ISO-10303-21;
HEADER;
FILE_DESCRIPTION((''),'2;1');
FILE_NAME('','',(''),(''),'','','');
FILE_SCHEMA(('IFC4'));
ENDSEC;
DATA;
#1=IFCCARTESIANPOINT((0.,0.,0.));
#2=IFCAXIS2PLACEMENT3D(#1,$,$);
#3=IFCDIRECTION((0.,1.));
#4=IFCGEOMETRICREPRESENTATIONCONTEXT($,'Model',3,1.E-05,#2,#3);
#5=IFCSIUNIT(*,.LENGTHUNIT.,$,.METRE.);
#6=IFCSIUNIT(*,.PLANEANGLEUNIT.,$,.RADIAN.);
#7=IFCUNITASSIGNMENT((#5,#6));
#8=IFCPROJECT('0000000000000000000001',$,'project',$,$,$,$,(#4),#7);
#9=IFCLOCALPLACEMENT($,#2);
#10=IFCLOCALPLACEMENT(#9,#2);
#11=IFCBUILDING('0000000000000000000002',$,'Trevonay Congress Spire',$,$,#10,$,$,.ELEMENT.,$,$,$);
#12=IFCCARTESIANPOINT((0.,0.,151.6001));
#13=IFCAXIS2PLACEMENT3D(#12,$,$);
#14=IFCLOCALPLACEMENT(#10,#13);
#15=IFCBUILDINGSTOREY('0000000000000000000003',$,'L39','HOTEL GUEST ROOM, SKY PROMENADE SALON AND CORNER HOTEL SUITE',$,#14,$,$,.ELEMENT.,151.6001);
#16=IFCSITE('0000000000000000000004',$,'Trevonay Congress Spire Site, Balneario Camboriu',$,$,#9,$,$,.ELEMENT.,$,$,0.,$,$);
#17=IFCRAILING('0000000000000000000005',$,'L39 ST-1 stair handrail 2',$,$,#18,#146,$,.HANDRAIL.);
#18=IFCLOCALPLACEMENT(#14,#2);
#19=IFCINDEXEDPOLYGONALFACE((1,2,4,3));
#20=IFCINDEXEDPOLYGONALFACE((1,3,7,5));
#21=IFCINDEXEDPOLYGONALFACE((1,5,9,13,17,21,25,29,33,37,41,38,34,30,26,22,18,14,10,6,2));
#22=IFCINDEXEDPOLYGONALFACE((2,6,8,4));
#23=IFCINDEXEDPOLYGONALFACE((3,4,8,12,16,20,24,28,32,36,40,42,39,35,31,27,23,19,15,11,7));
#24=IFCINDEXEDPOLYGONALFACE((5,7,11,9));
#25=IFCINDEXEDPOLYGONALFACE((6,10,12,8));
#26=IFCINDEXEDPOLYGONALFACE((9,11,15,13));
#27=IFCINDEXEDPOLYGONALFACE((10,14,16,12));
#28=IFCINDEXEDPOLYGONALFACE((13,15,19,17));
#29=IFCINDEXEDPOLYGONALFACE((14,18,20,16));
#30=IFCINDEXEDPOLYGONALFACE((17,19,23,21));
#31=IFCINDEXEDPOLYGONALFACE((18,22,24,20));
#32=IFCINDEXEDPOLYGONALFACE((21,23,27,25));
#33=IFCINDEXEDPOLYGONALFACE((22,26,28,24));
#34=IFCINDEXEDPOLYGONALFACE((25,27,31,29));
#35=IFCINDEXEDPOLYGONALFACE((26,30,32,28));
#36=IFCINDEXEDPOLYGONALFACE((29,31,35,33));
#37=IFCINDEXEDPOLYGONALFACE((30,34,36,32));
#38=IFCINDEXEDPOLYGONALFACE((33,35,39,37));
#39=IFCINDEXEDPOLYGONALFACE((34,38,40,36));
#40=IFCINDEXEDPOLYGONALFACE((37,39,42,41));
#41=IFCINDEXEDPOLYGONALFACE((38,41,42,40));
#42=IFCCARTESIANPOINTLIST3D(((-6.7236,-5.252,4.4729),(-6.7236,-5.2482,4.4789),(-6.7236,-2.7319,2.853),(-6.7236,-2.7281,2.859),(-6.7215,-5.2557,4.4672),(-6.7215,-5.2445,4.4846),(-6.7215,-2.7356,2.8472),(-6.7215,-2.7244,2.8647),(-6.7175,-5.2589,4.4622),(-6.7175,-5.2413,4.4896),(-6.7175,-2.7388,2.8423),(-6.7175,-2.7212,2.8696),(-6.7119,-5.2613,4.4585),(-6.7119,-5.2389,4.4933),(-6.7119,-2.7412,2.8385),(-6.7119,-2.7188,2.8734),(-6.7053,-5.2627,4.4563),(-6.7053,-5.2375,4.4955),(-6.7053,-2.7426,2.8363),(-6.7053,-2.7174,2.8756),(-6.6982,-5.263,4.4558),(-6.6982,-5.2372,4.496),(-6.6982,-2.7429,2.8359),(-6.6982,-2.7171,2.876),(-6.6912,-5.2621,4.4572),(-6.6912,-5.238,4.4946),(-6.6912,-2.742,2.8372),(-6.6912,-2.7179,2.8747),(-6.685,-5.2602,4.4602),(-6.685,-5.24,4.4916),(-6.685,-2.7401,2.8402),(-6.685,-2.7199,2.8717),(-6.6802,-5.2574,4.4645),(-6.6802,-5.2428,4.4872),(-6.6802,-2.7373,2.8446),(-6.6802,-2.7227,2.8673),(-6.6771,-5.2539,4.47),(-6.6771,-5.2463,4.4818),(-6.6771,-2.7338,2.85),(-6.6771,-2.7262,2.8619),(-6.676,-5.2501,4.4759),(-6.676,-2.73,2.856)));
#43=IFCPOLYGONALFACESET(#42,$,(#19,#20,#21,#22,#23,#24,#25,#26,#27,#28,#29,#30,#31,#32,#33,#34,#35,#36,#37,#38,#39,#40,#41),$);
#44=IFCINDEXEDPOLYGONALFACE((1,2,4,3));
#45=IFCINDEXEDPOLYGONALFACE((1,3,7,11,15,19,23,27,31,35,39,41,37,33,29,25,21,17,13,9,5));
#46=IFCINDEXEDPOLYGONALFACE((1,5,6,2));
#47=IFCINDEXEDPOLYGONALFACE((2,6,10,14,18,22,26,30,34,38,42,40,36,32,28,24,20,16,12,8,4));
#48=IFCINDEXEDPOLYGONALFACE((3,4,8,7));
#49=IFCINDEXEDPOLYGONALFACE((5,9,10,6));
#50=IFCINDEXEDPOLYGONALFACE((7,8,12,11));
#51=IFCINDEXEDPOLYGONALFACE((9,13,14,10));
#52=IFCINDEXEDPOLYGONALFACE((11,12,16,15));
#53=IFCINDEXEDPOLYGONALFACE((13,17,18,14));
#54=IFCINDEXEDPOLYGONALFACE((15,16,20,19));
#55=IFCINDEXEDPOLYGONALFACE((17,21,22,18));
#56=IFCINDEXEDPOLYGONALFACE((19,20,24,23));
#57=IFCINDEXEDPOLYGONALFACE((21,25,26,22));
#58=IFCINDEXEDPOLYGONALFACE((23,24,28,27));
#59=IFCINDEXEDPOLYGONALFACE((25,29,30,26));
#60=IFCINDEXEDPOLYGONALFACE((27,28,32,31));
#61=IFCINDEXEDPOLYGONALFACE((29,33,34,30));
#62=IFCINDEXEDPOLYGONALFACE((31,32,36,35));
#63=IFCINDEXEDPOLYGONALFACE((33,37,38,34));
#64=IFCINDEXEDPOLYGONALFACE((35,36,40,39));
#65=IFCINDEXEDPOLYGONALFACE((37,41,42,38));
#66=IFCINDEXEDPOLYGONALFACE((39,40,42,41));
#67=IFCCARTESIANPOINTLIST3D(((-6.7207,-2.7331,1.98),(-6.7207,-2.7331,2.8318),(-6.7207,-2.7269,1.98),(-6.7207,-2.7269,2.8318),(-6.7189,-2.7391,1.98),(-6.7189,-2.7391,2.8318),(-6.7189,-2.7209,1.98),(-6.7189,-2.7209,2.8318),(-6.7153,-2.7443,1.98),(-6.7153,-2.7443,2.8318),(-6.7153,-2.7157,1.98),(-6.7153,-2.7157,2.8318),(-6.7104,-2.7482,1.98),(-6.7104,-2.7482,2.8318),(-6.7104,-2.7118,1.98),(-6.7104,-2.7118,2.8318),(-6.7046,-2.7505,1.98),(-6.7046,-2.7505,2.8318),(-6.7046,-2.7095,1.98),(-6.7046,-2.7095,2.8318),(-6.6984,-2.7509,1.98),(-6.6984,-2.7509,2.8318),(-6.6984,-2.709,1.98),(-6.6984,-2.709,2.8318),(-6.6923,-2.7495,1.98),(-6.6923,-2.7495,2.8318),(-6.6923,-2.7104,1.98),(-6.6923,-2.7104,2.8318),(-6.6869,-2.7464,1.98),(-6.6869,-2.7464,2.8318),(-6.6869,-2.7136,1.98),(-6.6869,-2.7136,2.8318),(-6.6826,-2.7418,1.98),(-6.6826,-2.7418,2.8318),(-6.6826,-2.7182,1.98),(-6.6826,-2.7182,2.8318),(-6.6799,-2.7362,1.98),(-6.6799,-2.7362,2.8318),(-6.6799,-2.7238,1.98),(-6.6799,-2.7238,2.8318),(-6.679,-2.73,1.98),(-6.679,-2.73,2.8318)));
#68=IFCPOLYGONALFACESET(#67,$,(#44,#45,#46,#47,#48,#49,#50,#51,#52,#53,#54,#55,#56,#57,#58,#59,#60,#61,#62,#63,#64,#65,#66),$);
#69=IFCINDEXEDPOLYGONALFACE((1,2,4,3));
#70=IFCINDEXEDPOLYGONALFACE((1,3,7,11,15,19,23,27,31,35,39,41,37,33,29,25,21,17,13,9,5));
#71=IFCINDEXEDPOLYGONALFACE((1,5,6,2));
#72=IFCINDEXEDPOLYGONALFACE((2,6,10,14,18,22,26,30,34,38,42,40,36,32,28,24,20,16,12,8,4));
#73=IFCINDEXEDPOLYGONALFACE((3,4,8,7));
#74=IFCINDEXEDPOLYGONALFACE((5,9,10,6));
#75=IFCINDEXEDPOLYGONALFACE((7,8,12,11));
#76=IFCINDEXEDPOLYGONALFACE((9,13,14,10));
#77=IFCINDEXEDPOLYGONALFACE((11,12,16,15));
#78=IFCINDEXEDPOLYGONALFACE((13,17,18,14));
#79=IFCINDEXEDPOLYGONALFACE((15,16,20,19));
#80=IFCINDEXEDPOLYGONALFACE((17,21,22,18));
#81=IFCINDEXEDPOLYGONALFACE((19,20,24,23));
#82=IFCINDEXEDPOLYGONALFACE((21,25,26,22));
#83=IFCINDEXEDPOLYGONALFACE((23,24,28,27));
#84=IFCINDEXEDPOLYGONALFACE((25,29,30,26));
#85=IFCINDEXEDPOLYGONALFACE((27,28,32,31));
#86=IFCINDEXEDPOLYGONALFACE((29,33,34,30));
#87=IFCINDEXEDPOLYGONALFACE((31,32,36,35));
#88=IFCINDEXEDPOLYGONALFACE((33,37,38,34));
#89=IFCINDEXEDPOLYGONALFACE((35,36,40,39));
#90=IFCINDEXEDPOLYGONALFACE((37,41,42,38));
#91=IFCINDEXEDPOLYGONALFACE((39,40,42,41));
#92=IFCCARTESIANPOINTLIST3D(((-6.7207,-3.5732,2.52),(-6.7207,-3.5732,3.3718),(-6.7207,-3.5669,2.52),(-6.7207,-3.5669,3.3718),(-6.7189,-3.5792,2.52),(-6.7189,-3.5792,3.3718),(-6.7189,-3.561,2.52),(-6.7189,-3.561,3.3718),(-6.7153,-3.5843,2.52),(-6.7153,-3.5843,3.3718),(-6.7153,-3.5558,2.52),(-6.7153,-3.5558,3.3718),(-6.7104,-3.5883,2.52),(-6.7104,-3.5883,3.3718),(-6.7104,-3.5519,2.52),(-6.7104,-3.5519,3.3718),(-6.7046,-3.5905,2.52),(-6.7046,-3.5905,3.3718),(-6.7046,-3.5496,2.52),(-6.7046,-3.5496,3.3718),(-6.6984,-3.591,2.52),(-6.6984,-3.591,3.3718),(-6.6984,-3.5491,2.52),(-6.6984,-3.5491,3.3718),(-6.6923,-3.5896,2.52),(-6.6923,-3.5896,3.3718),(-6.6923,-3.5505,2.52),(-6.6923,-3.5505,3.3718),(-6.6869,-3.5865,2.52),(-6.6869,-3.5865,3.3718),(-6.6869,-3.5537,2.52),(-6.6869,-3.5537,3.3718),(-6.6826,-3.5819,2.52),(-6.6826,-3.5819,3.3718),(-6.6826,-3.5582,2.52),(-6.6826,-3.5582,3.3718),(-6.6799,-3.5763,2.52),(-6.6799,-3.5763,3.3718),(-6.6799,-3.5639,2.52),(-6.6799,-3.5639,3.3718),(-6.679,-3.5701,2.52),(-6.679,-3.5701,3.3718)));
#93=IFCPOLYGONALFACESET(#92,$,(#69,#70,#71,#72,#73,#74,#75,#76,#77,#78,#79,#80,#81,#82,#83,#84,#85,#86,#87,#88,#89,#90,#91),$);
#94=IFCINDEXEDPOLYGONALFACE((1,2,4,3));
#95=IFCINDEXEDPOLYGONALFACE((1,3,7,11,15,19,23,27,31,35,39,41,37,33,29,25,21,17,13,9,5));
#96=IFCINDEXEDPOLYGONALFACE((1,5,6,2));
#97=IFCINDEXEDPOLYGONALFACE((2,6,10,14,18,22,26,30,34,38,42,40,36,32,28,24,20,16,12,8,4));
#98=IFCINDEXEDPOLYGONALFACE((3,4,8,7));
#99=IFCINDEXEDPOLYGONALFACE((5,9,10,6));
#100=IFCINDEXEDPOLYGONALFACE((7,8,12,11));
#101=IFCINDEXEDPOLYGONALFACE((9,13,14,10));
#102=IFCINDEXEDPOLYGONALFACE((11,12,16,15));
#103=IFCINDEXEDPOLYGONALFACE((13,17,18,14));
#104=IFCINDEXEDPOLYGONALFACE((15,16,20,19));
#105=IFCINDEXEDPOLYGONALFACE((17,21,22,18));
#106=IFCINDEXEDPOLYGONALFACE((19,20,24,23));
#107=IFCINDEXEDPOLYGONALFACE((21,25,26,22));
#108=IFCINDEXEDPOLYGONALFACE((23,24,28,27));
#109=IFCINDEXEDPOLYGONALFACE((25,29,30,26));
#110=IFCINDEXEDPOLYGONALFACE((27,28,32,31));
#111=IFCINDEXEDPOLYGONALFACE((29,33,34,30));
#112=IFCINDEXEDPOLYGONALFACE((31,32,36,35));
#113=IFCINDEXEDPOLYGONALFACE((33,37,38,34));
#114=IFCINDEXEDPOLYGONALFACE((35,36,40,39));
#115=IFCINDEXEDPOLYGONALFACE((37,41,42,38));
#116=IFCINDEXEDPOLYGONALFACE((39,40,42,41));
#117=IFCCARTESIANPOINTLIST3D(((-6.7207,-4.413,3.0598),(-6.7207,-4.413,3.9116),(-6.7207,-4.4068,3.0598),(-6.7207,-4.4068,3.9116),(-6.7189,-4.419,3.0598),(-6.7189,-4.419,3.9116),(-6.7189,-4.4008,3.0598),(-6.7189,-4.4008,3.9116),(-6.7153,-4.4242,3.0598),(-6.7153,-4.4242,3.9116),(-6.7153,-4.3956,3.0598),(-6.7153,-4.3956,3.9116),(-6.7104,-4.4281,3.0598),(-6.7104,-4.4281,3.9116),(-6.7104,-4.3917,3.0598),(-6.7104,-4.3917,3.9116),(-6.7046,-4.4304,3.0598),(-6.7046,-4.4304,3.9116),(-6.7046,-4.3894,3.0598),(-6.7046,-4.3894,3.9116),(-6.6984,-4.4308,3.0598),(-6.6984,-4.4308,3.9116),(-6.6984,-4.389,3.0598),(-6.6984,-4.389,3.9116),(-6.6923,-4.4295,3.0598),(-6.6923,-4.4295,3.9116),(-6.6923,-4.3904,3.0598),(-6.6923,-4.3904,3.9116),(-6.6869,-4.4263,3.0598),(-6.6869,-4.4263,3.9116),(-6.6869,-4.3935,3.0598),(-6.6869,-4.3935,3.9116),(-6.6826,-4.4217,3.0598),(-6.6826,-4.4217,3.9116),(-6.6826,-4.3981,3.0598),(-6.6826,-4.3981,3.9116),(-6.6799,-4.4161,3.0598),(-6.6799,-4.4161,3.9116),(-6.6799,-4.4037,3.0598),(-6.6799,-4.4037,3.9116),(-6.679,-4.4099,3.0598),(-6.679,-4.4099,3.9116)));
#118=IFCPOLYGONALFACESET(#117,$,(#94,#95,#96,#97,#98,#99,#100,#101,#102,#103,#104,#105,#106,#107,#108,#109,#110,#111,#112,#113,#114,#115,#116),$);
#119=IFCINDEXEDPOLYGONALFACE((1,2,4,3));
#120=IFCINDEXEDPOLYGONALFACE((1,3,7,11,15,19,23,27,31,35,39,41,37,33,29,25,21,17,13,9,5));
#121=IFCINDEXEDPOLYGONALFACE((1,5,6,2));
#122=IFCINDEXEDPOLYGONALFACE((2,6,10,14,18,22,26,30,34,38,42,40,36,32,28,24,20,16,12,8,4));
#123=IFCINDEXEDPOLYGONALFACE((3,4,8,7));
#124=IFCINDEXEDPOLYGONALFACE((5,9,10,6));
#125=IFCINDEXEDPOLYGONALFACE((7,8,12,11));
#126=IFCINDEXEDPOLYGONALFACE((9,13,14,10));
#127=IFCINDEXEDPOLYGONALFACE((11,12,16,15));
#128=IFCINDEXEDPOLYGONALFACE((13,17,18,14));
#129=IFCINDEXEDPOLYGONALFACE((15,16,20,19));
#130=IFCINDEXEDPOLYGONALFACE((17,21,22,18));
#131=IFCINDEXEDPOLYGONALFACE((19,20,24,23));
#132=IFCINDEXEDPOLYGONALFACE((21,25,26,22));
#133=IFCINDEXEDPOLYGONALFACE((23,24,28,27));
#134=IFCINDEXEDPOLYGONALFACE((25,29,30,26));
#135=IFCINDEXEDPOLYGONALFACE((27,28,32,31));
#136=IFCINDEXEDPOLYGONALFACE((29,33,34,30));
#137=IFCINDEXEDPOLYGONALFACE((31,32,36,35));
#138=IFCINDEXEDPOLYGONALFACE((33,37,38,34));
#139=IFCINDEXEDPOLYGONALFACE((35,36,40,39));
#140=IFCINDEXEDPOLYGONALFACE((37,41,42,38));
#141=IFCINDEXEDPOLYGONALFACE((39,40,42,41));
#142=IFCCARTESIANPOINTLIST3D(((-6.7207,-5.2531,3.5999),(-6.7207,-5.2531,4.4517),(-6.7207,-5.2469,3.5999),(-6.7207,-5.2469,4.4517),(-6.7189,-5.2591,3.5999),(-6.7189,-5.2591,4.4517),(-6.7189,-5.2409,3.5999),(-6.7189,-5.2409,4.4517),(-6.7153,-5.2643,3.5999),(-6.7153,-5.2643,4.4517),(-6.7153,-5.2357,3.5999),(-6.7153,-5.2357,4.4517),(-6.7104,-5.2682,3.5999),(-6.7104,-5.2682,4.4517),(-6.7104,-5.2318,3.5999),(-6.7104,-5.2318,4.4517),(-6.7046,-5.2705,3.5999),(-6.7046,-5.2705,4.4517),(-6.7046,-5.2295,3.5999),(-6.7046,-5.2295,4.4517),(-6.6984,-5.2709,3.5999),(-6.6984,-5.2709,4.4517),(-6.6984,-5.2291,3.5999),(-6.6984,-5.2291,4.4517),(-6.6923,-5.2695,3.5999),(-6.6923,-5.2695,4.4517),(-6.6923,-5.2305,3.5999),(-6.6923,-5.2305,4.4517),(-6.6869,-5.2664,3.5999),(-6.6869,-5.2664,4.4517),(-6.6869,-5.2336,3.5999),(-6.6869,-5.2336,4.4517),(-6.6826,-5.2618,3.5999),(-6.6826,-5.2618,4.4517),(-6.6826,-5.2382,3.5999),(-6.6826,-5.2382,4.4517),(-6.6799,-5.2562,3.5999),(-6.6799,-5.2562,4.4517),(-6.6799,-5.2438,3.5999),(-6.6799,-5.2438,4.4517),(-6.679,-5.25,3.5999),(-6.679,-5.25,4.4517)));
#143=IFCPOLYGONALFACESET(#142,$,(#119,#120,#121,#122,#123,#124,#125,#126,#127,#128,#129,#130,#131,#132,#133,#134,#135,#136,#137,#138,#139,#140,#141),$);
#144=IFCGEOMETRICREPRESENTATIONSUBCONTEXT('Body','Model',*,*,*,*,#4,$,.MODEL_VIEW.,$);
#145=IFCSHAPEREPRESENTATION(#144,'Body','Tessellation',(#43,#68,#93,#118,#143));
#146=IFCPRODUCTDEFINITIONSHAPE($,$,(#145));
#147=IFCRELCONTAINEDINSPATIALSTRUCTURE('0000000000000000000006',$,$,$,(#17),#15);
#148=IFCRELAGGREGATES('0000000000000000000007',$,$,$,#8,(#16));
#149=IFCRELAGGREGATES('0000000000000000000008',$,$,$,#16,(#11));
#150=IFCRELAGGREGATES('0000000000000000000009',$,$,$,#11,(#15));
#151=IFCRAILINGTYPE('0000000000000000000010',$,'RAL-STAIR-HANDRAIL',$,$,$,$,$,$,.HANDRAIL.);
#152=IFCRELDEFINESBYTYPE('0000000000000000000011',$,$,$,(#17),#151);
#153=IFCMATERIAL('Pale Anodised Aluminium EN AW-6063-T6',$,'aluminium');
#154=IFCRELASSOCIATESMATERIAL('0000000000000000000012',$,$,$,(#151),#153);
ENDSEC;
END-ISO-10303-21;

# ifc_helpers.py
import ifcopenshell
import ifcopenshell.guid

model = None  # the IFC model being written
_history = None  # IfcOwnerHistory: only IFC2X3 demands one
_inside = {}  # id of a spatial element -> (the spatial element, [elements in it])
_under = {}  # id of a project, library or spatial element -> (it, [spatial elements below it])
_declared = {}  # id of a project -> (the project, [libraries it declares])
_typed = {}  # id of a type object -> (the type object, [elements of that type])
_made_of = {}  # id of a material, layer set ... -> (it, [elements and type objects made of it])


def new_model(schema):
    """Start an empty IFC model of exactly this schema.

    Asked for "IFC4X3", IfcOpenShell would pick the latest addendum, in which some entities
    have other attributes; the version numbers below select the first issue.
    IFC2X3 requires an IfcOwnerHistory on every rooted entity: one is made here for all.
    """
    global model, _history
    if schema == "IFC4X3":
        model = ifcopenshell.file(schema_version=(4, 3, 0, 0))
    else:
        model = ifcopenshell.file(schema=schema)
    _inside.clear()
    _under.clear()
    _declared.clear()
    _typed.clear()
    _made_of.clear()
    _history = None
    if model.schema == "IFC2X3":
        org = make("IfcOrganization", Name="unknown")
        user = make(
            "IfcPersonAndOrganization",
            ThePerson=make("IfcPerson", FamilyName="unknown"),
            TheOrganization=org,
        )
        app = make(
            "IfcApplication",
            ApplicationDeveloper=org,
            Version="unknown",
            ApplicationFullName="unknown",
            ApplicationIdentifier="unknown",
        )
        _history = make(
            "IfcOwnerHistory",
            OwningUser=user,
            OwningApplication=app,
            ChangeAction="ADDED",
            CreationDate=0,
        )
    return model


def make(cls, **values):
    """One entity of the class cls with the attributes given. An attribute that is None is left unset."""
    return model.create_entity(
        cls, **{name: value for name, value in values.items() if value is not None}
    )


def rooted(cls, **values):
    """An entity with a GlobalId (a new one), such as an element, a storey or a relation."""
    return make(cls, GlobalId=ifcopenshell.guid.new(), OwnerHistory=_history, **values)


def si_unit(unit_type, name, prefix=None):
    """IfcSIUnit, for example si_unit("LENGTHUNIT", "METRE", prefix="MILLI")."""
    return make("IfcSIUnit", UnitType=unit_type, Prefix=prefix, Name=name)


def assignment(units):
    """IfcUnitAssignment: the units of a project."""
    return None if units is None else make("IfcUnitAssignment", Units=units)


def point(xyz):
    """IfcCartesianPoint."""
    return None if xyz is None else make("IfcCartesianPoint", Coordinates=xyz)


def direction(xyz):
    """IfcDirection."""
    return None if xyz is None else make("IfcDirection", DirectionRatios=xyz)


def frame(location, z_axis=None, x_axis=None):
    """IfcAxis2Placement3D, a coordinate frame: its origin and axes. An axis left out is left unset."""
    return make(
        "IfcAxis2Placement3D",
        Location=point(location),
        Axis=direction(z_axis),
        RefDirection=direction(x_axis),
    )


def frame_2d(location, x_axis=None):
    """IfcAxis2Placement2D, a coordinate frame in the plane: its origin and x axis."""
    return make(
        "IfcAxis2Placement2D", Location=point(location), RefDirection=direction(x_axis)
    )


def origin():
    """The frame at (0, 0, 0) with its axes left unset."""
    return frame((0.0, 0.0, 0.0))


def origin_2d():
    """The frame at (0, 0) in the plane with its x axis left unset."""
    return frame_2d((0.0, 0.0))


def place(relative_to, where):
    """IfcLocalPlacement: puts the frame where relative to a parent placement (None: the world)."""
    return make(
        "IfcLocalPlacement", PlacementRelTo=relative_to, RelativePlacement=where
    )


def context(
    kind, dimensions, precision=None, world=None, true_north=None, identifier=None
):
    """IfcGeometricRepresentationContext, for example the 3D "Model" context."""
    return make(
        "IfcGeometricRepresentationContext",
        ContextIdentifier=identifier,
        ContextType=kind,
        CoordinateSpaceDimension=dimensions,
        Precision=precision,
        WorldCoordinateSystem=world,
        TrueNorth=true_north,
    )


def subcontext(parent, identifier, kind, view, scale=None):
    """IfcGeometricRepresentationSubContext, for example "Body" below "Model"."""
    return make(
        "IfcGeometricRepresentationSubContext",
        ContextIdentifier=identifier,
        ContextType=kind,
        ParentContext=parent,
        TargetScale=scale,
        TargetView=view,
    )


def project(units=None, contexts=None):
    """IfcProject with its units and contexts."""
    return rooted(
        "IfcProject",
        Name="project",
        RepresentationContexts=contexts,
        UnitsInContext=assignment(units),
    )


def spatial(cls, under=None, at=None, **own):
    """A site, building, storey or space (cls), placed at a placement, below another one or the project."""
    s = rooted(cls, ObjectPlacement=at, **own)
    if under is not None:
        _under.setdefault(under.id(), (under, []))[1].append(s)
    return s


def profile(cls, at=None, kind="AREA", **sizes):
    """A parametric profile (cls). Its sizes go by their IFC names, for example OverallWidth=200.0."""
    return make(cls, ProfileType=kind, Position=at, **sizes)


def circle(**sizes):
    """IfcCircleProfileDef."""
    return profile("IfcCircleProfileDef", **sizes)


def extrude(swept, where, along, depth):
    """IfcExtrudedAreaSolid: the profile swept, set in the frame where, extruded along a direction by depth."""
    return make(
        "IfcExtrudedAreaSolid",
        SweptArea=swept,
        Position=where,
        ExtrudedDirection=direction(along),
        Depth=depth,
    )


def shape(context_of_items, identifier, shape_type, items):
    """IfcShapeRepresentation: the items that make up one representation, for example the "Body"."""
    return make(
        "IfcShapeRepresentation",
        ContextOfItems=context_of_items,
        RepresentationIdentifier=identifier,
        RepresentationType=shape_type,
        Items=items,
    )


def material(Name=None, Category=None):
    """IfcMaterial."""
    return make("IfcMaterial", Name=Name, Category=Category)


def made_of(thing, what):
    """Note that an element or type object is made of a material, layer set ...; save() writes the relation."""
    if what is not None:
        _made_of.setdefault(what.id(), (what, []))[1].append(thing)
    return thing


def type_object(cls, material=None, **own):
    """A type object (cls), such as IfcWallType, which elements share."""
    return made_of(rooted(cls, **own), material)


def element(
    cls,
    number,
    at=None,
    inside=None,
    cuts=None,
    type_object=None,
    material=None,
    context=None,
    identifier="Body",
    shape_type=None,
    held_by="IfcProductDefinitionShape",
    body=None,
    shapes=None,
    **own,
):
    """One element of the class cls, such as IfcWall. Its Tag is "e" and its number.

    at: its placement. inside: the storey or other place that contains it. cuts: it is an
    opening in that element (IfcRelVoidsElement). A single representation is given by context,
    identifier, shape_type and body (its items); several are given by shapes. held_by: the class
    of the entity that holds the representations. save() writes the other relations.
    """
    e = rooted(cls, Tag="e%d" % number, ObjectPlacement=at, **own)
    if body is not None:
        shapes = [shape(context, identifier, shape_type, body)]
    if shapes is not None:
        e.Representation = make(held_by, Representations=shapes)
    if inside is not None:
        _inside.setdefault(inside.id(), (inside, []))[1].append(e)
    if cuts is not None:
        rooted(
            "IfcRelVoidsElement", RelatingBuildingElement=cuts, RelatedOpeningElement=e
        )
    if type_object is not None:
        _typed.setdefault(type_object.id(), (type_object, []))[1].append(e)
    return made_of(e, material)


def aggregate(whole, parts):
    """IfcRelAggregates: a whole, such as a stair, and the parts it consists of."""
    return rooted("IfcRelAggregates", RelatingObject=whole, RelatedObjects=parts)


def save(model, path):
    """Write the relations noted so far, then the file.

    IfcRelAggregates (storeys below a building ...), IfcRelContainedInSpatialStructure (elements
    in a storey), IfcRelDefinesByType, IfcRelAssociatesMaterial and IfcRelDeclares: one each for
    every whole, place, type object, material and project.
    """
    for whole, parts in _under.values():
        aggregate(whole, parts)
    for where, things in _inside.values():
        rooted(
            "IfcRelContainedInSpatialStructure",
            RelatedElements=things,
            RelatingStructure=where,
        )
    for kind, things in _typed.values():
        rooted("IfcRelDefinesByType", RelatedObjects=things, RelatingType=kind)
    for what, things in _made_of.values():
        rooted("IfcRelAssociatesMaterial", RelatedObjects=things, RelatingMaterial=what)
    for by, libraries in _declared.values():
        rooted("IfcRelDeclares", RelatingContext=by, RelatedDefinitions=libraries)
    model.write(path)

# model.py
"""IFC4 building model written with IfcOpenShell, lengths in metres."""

from ifc_helpers import new_model, si_unit, direction, frame, origin, origin_2d, place, context, subcontext, project, spatial, circle, extrude, material, type_object, element, save


model = new_model("IFC4")

# Units and contexts
model_context = context("Model", 3, precision=1e-05, world=origin(), true_north=direction((0.0, 1.0)))
body_context = subcontext(model_context, "Body", "Model", "MODEL_VIEW")
ifc_project = project(units=[si_unit("LENGTHUNIT", "METRE"), si_unit("PLANEANGLEUNIT", "RADIAN")], contexts=[model_context])

# Site, building, storey
site_placement = place(None, origin())
site = spatial("IfcSite", under=ifc_project, at=site_placement, Name="Trevonay Congress Spire Site, Balneario Camboriu", CompositionType="ELEMENT", RefElevation=0.0)
building_placement = place(site_placement, origin())
building = spatial("IfcBuilding", under=site, at=building_placement, Name="Trevonay Congress Spire", CompositionType="ELEMENT")
storey_placement = place(building_placement, frame((0.0, 0.0, 151.6001)))
storey = spatial("IfcBuildingStorey", under=building, at=storey_placement, Name="L39", Description="HOTEL GUEST ROOM, SKY PROMENADE SALON AND CORNER HOTEL SUITE", CompositionType="ELEMENT", Elevation=151.6001)

# Shared definitions
ifc_material_1 = material(Name="Pale Anodised Aluminium EN AW-6063-T6", Category="aluminium")

# Railing
railing_type_1 = type_object("IfcRailingType", Name="RAL-STAIR-HANDRAIL", PredefinedType="HANDRAIL", material=ifc_material_1)
railing_1_placement = place(storey_placement, frame((-6.7, -2.73, 1.98)))
element("IfcRailing", 1, at=railing_1_placement, inside=storey, type_object=railing_type_1, Name="L39 ST-1 stair handrail 2", PredefinedType="HANDRAIL", context=body_context, shape_type="SweptSolid", body=[
    extrude(circle(Radius=0.0239, at=origin_2d()), frame((0.0, 0.0, 0.876), z_axis=(0.0, -0.8412, 0.540725), x_axis=(1.0, 0.0, 0.0)), (0.0, 0.0, 1.0), 2.9958),
    extrude(circle(Radius=0.021, at=origin_2d()), origin(), (0.0, 0.0, 1.0), 0.8518),
    extrude(circle(Radius=0.021, at=origin_2d()), frame((0.0, -0.8401, 0.54)), (0.0, 0.0, 1.0), 0.8518),
    extrude(circle(Radius=0.021, at=origin_2d()), frame((0.0, -1.6799, 1.0798)), (0.0, 0.0, 1.0), 0.8518),
    extrude(circle(Radius=0.021, at=origin_2d()), frame((0.0, -2.52, 1.6199)), (0.0, 0.0, 1.0), 0.8518),
])

save(model, "model.ifc")
